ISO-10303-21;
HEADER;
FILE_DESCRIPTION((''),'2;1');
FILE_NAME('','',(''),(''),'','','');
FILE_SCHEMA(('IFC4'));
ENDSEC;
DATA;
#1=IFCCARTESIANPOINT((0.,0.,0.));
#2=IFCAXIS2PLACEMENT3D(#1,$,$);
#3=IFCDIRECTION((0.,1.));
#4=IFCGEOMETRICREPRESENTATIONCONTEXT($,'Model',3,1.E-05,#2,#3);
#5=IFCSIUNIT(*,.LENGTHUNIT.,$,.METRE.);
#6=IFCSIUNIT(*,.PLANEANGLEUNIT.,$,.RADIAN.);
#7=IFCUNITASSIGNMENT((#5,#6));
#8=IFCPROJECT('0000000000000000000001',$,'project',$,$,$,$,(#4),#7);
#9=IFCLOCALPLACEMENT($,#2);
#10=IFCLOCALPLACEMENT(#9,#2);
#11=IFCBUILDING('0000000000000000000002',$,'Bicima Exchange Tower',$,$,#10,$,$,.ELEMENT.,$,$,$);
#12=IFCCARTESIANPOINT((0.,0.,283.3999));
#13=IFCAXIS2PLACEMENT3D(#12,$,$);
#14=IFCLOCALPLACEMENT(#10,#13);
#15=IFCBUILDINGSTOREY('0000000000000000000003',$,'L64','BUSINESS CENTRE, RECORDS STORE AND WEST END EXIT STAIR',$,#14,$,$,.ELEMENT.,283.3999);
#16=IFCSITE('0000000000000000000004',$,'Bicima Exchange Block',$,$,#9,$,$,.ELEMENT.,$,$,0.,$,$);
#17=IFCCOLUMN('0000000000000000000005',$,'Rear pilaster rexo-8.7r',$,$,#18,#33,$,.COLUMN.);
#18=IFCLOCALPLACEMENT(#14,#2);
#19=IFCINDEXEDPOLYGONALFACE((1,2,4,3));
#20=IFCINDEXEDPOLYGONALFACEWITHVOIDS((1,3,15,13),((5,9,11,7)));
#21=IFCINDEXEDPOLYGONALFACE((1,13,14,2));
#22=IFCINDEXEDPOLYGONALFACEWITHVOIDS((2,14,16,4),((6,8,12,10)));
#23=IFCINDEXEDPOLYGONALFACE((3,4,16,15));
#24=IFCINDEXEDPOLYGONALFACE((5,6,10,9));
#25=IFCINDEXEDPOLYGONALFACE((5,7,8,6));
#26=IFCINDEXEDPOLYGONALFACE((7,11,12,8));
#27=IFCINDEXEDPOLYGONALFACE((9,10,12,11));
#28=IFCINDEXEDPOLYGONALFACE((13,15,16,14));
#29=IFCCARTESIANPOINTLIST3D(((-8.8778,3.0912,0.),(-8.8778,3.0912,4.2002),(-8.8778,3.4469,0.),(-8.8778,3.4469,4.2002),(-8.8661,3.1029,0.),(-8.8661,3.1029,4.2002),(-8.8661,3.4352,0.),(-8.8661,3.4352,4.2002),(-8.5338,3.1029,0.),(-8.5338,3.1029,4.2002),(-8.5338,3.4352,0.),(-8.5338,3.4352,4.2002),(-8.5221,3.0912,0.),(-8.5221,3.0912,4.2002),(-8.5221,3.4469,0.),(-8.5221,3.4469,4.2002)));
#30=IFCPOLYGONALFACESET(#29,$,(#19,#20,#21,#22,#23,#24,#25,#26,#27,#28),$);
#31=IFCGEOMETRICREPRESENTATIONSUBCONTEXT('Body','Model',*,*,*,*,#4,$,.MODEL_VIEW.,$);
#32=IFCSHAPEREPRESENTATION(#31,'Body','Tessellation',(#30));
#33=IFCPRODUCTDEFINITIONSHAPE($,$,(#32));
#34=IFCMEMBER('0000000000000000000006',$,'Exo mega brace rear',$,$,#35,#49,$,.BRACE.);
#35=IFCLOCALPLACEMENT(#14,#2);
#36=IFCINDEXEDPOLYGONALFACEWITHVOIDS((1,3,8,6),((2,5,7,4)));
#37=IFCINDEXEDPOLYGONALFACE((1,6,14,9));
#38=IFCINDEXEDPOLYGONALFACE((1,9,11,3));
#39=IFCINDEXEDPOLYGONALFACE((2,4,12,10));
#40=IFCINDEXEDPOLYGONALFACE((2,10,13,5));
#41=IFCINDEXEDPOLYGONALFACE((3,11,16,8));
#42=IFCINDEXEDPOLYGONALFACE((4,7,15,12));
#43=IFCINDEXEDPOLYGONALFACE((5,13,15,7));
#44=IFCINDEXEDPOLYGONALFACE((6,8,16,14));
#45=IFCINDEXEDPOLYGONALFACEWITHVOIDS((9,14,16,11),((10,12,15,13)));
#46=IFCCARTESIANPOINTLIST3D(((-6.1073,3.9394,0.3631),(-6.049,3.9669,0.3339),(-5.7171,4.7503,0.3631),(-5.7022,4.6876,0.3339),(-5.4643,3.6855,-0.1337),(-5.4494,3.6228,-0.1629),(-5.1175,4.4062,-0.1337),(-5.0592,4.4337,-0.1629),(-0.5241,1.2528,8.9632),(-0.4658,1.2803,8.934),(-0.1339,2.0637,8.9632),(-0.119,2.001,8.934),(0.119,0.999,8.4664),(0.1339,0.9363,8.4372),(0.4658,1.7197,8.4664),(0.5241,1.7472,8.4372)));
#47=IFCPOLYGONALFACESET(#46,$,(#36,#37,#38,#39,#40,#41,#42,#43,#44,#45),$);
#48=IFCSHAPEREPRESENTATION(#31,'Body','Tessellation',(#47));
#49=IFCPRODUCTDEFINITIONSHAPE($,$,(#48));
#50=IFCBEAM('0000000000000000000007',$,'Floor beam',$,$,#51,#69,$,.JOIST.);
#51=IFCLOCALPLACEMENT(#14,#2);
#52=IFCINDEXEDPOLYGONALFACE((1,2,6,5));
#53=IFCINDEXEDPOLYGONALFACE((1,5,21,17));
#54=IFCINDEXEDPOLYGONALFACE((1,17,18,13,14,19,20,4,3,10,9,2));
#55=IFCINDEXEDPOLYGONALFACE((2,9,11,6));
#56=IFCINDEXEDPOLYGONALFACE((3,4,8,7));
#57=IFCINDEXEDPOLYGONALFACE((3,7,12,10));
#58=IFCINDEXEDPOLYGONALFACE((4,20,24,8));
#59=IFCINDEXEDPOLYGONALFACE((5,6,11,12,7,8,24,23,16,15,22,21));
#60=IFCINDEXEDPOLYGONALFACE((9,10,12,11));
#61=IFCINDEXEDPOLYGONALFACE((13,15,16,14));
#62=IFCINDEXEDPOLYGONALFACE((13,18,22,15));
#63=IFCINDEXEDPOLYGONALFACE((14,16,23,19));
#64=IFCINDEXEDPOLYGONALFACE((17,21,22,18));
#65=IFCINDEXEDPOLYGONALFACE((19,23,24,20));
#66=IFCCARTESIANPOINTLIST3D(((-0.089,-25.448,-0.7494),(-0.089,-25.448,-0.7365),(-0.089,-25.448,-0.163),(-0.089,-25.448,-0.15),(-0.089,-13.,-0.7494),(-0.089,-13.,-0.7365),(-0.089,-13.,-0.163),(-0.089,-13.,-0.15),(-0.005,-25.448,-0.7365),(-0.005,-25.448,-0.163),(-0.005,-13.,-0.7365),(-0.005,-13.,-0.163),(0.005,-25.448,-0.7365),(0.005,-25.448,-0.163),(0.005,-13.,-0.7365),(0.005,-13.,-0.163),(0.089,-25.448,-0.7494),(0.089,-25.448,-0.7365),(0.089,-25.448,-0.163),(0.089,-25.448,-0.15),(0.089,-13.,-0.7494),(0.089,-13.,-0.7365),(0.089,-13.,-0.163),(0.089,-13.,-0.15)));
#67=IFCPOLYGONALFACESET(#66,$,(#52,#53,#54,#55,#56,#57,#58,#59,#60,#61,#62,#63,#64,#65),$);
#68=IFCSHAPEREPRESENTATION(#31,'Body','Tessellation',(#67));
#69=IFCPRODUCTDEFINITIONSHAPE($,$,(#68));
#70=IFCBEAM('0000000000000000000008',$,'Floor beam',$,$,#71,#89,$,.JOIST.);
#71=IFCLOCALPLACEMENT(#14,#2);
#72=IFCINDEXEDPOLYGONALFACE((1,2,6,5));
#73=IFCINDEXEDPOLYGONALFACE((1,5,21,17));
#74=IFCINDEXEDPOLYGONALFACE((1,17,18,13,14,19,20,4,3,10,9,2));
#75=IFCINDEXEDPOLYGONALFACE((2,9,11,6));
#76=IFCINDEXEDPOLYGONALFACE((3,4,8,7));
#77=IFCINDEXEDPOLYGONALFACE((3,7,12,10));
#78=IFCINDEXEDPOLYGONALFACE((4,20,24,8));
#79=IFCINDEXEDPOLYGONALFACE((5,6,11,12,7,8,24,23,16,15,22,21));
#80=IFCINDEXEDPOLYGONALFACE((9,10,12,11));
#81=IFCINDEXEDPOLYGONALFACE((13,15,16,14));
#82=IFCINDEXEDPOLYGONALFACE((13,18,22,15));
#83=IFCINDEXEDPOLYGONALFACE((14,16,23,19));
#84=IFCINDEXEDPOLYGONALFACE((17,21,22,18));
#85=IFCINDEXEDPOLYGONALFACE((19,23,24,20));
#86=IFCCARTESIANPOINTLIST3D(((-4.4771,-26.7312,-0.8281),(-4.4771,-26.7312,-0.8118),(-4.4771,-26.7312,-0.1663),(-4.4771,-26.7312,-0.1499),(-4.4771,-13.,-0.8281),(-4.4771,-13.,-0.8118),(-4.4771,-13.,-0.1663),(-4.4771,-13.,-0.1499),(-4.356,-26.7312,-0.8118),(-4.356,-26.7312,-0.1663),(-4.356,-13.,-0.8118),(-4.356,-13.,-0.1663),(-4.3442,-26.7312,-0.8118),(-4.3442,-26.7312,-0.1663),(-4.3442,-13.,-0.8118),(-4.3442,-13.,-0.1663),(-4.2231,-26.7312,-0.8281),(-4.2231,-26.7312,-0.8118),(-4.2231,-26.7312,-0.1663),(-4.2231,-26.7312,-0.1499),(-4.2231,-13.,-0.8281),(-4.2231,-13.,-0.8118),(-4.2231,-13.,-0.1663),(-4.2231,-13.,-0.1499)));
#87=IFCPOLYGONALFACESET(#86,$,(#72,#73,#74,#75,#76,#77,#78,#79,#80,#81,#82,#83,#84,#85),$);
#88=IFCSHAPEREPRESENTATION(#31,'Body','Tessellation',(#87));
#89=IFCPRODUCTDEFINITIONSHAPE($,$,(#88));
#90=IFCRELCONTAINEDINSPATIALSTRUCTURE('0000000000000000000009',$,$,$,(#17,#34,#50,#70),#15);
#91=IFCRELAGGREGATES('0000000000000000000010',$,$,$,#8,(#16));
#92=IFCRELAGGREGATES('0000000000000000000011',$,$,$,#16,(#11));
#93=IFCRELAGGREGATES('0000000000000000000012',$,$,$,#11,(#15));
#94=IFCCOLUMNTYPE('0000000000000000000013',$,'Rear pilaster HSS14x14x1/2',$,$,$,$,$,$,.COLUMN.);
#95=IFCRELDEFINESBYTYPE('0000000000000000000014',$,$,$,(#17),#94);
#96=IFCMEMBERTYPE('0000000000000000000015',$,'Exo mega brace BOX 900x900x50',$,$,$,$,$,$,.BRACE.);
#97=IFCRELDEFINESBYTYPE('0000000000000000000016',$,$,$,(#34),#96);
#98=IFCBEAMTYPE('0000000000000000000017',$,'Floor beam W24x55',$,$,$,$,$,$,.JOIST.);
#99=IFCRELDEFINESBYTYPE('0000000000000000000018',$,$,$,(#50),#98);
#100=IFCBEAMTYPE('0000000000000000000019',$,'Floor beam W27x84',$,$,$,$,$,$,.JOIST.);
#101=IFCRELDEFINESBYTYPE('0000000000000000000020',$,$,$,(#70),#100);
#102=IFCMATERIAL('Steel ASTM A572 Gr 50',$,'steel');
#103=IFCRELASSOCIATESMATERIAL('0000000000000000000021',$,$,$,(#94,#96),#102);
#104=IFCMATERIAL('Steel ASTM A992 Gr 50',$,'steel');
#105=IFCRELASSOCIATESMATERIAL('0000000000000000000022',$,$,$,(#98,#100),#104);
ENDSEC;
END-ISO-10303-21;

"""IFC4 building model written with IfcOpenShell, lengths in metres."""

from ifc_helpers import new_model, si_unit, direction, frame, origin, origin_2d, place, context, subcontext, project, spatial, hollow_rectangle, i_section, extrude, material, material_profile, profile_set, type_object, element, save


model = new_model("IFC4")

# Units and contexts
model_context = context("Model", 3, precision=1e-05, world=origin(), true_north=direction((0.0, 1.0)))
body_context = subcontext(model_context, "Body", "Model", "MODEL_VIEW")
ifc_project = project(units=[si_unit("LENGTHUNIT", "METRE"), si_unit("PLANEANGLEUNIT", "RADIAN")], contexts=[model_context])

# Site, building, storey
site_placement = place(None, origin())
site = spatial("IfcSite", under=ifc_project, at=site_placement, Name="Bicima Exchange Block", CompositionType="ELEMENT", RefElevation=0.0)
building_placement = place(site_placement, origin())
building = spatial("IfcBuilding", under=site, at=building_placement, Name="Bicima Exchange Tower", CompositionType="ELEMENT")
storey_placement = place(building_placement, frame((0.0, 0.0, 283.3999)))
storey = spatial("IfcBuildingStorey", under=building, at=storey_placement, Name="L64", Description="BUSINESS CENTRE, RECORDS STORE AND WEST END EXIT STAIR", CompositionType="ELEMENT", Elevation=283.3999)

# Column
ifc_material_1 = material(Name="Steel ASTM A572 Gr 50", Category="steel")
ifc_material_profile_1 = material_profile(ifc_material_1, hollow_rectangle(XDim=0.3557, YDim=0.3557, WallThickness=0.0117, at=origin_2d()))
ifc_profile_set_1 = profile_set([ifc_material_profile_1], Name="Steel ASTM A572 Gr 50")
column_type = type_object("IfcColumnType", Name="Rear pilaster HSS14x14x1/2", PredefinedType="COLUMN", material=ifc_profile_set_1)
column_placement = place(storey_placement, frame((-8.7, 3.269, 0.0), z_axis=(0.0, 0.0, 1.0), x_axis=(1.0, 0.0, 0.0)))
element("IfcColumn", 1, at=column_placement, inside=storey, type_object=column_type, Name="Rear pilaster rexo-8.7r", PredefinedType="COLUMN", context=body_context, shape_type="SweptSolid", body=[
    extrude(hollow_rectangle(XDim=0.3557, YDim=0.3557, WallThickness=0.0117, at=origin_2d()), origin(), (0.0, 0.0, 1.0), 4.2002),
])

# Member
ifc_material_profile_2 = material_profile(ifc_material_1, hollow_rectangle(XDim=0.8999, YDim=0.8999, WallThickness=0.05, at=origin_2d()))
ifc_profile_set_2 = profile_set([ifc_material_profile_2], Name="Steel ASTM A572 Gr 50")
member_type = type_object("IfcMemberType", Name="Exo mega brace BOX 900x900x50", PredefinedType="BRACE", material=ifc_profile_set_2)
member_placement = place(storey_placement, frame((-5.5833, 4.1865, 0.1001), z_axis=(0.526741, -0.253455, 0.81136), x_axis=(0.433592, 0.901109, 0.0)))
element("IfcMember", 2, at=member_placement, inside=storey, type_object=member_type, Name="Exo mega brace rear", PredefinedType="BRACE", context=body_context, shape_type="SweptSolid", body=[
    extrude(hollow_rectangle(XDim=0.8999, YDim=0.8999, WallThickness=0.05, at=origin_2d()), origin(), (0.0, 0.0, 1.0), 10.5996),
])

# Beams
ifc_material_2 = material(Name="Steel ASTM A992 Gr 50", Category="steel")
ifc_material_profile_3 = material_profile(ifc_material_2, i_section(OverallWidth=0.178, OverallDepth=0.5994, WebThickness=0.01, FlangeThickness=0.0129, at=origin_2d()))
ifc_profile_set_3 = profile_set([ifc_material_profile_3], Name="Steel ASTM A992 Gr 50")
beam_type_1 = type_object("IfcBeamType", Name="Floor beam W24x55", PredefinedType="JOIST", material=ifc_profile_set_3)
beam_1_placement = place(storey_placement, frame((0.0, -13.0, -0.4497), z_axis=(0.0, -1.0, 0.0), x_axis=(1.0, 0.0, 0.0)))
element("IfcBeam", 3, at=beam_1_placement, inside=storey, type_object=beam_type_1, Name="Floor beam", PredefinedType="JOIST", context=body_context, shape_type="SweptSolid", body=[
    extrude(i_section(OverallWidth=0.178, OverallDepth=0.5994, WebThickness=0.01, FlangeThickness=0.0129, at=origin_2d()), origin(), (0.0, 0.0, 1.0), 12.448),
])
ifc_material_profile_4 = material_profile(ifc_material_2, i_section(OverallWidth=0.2539, OverallDepth=0.6782, WebThickness=0.0117, FlangeThickness=0.0164, at=origin_2d()))
ifc_profile_set_4 = profile_set([ifc_material_profile_4], Name="Steel ASTM A992 Gr 50")
beam_type_2 = type_object("IfcBeamType", Name="Floor beam W27x84", PredefinedType="JOIST", material=ifc_profile_set_4)
beam_2_placement = place(storey_placement, frame((-4.3501, -13.0, -0.489), z_axis=(0.0, -1.0, 0.0), x_axis=(1.0, 0.0, 0.0)))
element("IfcBeam", 4, at=beam_2_placement, inside=storey, type_object=beam_type_2, Name="Floor beam", PredefinedType="JOIST", context=body_context, shape_type="SweptSolid", body=[
    extrude(i_section(OverallWidth=0.2539, OverallDepth=0.6782, WebThickness=0.0117, FlangeThickness=0.0164, at=origin_2d()), origin(), (0.0, 0.0, 1.0), 13.7312),
])

save(model, "model.ifc")
